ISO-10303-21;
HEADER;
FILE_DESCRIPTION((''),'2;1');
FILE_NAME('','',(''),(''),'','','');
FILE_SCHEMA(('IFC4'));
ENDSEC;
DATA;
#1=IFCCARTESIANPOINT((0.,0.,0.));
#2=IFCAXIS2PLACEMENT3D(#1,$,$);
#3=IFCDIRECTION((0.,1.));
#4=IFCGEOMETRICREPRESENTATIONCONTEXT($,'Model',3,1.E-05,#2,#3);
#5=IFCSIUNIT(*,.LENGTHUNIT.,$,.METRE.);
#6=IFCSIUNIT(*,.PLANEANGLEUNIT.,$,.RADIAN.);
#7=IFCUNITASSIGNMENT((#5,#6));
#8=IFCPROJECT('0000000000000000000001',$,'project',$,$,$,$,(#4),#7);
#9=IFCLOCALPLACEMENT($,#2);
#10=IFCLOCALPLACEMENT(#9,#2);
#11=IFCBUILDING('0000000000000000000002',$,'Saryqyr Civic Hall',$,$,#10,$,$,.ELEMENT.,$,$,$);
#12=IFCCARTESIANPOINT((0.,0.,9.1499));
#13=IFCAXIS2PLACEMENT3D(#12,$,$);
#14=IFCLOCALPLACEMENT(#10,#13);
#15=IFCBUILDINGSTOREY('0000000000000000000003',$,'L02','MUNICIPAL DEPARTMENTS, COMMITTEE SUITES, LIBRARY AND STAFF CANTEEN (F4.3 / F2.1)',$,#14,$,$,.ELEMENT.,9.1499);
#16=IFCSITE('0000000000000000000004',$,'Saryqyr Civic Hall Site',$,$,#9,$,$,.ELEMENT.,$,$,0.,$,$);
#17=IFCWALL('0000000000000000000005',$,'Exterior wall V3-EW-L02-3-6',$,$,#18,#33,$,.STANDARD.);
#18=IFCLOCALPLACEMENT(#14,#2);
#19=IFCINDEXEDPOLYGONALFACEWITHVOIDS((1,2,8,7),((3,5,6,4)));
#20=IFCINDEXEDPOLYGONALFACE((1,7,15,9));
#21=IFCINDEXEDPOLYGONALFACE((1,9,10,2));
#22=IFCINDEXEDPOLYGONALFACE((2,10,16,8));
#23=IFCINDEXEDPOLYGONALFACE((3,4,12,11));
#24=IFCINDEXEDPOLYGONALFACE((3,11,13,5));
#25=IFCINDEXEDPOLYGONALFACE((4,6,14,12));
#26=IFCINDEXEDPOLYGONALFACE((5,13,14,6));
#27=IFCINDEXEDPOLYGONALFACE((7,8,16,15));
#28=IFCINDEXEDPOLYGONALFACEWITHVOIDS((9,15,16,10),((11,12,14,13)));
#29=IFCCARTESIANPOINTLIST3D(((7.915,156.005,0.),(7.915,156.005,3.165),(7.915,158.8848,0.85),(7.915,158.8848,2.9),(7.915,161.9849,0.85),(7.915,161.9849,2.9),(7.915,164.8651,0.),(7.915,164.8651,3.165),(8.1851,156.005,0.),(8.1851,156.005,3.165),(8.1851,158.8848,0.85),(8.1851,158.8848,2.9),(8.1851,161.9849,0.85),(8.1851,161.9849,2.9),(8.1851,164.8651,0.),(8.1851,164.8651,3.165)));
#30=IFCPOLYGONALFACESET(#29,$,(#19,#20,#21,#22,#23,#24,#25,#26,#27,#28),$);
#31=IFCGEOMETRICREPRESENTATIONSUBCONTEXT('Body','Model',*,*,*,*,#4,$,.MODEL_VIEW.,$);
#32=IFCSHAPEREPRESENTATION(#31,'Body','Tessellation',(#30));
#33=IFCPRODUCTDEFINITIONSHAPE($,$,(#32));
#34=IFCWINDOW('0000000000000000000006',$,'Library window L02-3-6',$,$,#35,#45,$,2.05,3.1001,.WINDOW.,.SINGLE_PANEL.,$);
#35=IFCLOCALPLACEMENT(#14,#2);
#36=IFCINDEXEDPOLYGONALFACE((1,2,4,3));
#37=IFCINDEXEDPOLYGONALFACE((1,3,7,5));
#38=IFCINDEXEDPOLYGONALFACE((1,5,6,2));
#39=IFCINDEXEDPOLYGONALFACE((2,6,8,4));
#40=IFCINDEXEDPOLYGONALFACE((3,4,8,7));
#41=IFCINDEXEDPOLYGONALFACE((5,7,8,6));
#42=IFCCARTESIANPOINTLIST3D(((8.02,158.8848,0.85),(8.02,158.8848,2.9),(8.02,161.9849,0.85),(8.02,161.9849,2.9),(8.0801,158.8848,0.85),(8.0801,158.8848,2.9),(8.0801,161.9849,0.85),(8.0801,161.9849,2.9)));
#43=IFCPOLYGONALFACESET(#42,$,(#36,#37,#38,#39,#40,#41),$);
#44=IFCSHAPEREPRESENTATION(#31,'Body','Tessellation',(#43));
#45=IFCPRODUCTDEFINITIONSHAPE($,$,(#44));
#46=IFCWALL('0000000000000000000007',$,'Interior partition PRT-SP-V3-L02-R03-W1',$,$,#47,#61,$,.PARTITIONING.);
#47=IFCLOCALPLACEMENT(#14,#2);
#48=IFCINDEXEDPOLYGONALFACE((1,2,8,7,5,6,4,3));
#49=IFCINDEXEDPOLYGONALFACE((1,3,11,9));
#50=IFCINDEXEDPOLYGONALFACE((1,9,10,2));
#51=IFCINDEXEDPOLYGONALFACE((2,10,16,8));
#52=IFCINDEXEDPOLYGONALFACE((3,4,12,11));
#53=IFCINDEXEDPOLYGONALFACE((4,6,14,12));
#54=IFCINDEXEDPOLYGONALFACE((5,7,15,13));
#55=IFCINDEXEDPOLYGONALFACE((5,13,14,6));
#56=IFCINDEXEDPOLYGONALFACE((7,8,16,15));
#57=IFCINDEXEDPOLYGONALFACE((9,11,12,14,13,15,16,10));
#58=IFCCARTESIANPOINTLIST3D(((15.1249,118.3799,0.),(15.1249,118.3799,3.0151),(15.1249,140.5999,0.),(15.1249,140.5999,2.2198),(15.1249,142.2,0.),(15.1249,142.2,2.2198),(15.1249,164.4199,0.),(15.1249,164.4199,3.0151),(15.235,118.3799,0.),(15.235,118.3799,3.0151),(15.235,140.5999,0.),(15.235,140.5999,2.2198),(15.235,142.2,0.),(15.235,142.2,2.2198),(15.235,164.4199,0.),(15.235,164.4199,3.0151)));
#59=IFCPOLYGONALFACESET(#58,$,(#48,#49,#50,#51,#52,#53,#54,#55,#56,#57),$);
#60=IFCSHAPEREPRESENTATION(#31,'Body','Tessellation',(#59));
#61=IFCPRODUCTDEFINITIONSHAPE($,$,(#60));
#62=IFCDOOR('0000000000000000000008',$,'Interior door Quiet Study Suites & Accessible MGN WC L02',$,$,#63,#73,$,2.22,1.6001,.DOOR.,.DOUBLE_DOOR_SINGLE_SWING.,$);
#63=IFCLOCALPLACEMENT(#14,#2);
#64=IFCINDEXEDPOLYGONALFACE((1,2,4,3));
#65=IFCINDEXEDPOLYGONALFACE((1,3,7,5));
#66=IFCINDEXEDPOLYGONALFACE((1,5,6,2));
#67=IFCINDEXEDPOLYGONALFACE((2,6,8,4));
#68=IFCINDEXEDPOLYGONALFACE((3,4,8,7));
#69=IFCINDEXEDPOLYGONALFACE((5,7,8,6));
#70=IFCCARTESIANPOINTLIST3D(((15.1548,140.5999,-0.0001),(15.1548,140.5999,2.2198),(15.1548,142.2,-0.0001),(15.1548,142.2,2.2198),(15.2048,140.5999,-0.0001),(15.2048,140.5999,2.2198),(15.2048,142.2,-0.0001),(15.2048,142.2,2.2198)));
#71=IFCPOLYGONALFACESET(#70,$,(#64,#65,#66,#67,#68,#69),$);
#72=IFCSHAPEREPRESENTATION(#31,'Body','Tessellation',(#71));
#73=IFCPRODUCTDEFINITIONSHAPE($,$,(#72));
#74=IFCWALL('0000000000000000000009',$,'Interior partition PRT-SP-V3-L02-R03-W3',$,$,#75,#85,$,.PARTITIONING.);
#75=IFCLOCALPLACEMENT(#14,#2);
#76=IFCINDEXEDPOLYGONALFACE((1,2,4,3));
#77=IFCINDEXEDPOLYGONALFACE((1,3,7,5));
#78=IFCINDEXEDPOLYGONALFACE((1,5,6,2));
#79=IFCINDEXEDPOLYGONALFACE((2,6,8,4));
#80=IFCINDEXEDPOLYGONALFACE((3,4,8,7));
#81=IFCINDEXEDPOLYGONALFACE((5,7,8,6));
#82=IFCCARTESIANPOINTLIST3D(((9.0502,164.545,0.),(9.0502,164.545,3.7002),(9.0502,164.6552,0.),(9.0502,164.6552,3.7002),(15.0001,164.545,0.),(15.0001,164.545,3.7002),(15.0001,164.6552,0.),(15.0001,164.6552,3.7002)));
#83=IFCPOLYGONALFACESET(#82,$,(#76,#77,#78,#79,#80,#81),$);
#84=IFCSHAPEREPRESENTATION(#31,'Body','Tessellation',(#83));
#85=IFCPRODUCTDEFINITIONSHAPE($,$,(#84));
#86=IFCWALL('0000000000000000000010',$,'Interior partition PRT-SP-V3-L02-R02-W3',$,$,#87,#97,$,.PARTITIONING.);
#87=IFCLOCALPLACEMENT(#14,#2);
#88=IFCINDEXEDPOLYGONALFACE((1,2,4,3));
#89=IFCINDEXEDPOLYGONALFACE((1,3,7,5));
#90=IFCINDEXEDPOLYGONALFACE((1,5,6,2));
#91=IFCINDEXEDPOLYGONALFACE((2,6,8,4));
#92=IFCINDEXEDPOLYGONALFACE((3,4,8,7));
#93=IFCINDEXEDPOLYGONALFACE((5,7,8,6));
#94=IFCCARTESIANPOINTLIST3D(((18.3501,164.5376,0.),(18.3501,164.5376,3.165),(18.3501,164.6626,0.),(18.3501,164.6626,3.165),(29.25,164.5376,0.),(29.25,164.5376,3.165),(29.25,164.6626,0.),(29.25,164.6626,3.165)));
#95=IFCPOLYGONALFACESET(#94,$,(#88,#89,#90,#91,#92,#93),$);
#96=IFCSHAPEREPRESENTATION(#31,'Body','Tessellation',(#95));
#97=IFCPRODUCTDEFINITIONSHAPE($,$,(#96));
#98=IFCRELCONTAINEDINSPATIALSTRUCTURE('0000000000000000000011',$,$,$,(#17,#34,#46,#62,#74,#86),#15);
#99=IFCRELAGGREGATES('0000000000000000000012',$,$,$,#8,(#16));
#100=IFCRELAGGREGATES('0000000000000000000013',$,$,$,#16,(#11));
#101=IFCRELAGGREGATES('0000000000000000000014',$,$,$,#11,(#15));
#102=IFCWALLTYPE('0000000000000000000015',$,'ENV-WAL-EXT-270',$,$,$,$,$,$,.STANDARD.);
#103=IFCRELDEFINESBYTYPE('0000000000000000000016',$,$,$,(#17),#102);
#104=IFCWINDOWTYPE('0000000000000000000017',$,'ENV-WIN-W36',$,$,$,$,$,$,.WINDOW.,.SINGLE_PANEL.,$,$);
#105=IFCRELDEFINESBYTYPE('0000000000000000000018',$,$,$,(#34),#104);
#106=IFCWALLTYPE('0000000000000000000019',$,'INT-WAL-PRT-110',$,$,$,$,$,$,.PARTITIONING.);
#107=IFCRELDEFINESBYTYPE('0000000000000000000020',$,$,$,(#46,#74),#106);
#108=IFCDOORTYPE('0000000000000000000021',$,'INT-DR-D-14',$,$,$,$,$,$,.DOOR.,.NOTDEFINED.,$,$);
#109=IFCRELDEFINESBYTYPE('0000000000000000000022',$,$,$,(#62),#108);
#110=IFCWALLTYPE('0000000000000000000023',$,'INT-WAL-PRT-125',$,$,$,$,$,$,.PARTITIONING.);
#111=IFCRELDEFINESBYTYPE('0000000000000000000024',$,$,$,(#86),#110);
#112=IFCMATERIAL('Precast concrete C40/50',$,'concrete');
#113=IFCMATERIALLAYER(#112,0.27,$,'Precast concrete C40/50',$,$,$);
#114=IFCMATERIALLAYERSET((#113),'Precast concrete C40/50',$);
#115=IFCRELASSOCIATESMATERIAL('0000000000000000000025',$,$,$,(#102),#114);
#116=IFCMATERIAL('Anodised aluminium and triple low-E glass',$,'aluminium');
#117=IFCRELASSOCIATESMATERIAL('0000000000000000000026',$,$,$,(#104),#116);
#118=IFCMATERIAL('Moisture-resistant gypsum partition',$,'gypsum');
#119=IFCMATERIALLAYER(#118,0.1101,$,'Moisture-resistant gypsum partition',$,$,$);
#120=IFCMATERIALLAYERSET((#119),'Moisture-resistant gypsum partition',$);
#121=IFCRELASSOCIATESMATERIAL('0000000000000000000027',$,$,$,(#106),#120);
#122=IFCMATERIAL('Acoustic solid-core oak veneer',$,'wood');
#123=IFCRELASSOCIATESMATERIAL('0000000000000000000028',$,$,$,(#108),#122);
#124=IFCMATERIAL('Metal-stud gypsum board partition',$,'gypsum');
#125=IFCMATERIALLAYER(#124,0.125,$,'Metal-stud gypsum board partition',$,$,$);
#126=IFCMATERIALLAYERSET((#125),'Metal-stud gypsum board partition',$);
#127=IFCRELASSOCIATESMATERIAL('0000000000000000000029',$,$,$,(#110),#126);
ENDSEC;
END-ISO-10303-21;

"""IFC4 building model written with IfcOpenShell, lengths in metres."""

from ifc_helpers import new_model, si_unit, direction, frame, frame_2d, origin, place, context, subcontext, project, spatial, rectangle, extrude, material, layer, layer_set, type_object, element, fill, save


model = new_model("IFC4")

# Units and contexts
model_context = context("Model", 3, precision=1e-05, world=origin(), true_north=direction((0.0, 1.0)))
body_context = subcontext(model_context, "Body", "Model", "MODEL_VIEW")
ifc_project = project(units=[si_unit("LENGTHUNIT", "METRE"), si_unit("PLANEANGLEUNIT", "RADIAN")], contexts=[model_context])

# Site, building, storey
site_placement = place(None, origin())
site = spatial("IfcSite", under=ifc_project, at=site_placement, Name="Saryqyr Civic Hall Site", CompositionType="ELEMENT", RefElevation=0.0)
building_placement = place(site_placement, origin())
building = spatial("IfcBuilding", under=site, at=building_placement, Name="Saryqyr Civic Hall", CompositionType="ELEMENT")
storey_placement = place(building_placement, frame((0.0, 0.0, 9.1499)))
storey = spatial("IfcBuildingStorey", under=building, at=storey_placement, Name="L02", Description="MUNICIPAL DEPARTMENTS, COMMITTEE SUITES, LIBRARY AND STAFF CANTEEN (F4.3 / F2.1)", CompositionType="ELEMENT", Elevation=9.1499)

# Wall, opening, window
ifc_material_1 = material(Name="Precast concrete C40/50", Category="concrete")
ifc_layer_1 = layer(ifc_material_1, 0.27, Name="Precast concrete C40/50")
ifc_layer_set_1 = layer_set([ifc_layer_1], Name="Precast concrete C40/50")
wall_type_1 = type_object("IfcWallType", Name="ENV-WAL-EXT-270", PredefinedType="STANDARD", material=ifc_layer_set_1)
ifc_material_2 = material(Name="Anodised aluminium and triple low-E glass", Category="aluminium")
wall_1_placement = place(storey_placement, frame((8.05, 156.0049, 0.0), z_axis=(0.0, 0.0, 1.0), x_axis=(0.0, 1.0, 0.0)))
wall_1 = element("IfcWall", 1, at=wall_1_placement, inside=storey, type_object=wall_type_1, Name="Exterior wall V3-EW-L02-3-6", PredefinedType="STANDARD", context=body_context, shape_type="SweptSolid", body=[
    extrude(rectangle(XDim=8.8601, YDim=0.27, at=frame_2d((4.4302, 0.0))), origin(), (0.0, 0.0, 1.0), 3.165),
])
opening_1_placement = place(wall_1_placement, frame((2.8799, 0.0, 0.8501)))
opening_1 = element("IfcOpeningElement", 2, at=opening_1_placement, cuts=wall_1, PredefinedType="OPENING", context=body_context, shape_type="SweptSolid", body=[
    extrude(rectangle(XDim=3.1001, YDim=2.05, at=frame_2d((1.55, 1.0249))), frame((0.0, 0.145, 0.0), z_axis=(0.0, -1.0, 0.0), x_axis=(1.0, 0.0, 0.0)), (0.0, 0.0, 1.0), 0.29),
])
window_type_1 = type_object("IfcWindowType", Name="ENV-WIN-W36", PartitioningType="SINGLE_PANEL", PredefinedType="WINDOW", material=ifc_material_2)
window_1_placement = place(opening_1_placement, origin())
window_1 = element("IfcWindow", 3, at=window_1_placement, inside=storey, type_object=window_type_1, Name="Library window L02-3-6", OverallHeight=2.05, OverallWidth=3.1001, PartitioningType="SINGLE_PANEL", PredefinedType="WINDOW", context=body_context, shape_type="SweptSolid", body=[
    extrude(rectangle(XDim=3.1001, YDim=2.05, at=frame_2d((1.55, 1.0249))), frame((0.0, 0.03, 0.0), z_axis=(0.0, -1.0, 0.0), x_axis=(1.0, 0.0, 0.0)), (0.0, 0.0, 1.0), 0.0601),
])
fill(opening_1, window_1)

# Wall, opening, door
ifc_material_3 = material(Name="Moisture-resistant gypsum partition", Category="gypsum")
ifc_layer_2 = layer(ifc_material_3, 0.1101, Name="Moisture-resistant gypsum partition")
ifc_layer_set_2 = layer_set([ifc_layer_2], Name="Moisture-resistant gypsum partition")
wall_type_2 = type_object("IfcWallType", Name="INT-WAL-PRT-110", PredefinedType="PARTITIONING", material=ifc_layer_set_2)
wall_2_placement = place(storey_placement, frame((15.1799, 164.4199, 0.0), z_axis=(0.0, 0.0, 1.0), x_axis=(0.0, -1.0, 0.0)))
wall_2 = element("IfcWall", 4, at=wall_2_placement, inside=storey, type_object=wall_type_2, Name="Interior partition PRT-SP-V3-L02-R03-W1", PredefinedType="PARTITIONING", context=body_context, shape_type="SweptSolid", body=[
    extrude(rectangle(XDim=46.04, YDim=0.1101, at=frame_2d((23.02, 0.0))), origin(), (0.0, 0.0, 1.0), 3.0151),
])
opening_2_placement = place(wall_2_placement, frame((22.22, 0.0, 0.0)))
opening_2 = element("IfcOpeningElement", 5, at=opening_2_placement, cuts=wall_2, PredefinedType="OPENING", context=body_context, shape_type="SweptSolid", body=[
    extrude(rectangle(XDim=1.6001, YDim=2.22, at=frame_2d((0.8, 1.1099))), frame((0.0, 0.0649, 0.0), z_axis=(0.0, -1.0, 0.0), x_axis=(1.0, 0.0, 0.0)), (0.0, 0.0, 1.0), 0.1301),
])
ifc_material_4 = material(Name="Acoustic solid-core oak veneer", Category="wood")
door_type = type_object("IfcDoorType", Name="INT-DR-D-14", OperationType="NOTDEFINED", PredefinedType="DOOR", material=ifc_material_4)
door_placement = place(opening_2_placement, origin())
door = element("IfcDoor", 6, at=door_placement, inside=storey, type_object=door_type, Name="Interior door Quiet Study Suites & Accessible MGN WC L02", OperationType="DOUBLE_DOOR_SINGLE_SWING", OverallHeight=2.22, OverallWidth=1.6001, PredefinedType="DOOR", context=body_context, shape_type="SweptSolid", body=[
    extrude(rectangle(XDim=1.6001, YDim=2.22, at=frame_2d((0.8, 1.1099))), frame((0.0, 0.0249, 0.0), z_axis=(0.0, -1.0, 0.0), x_axis=(1.0, 0.0, 0.0)), (0.0, 0.0, 1.0), 0.05),
])
fill(opening_2, door)

# Walls
wall_3_placement = place(storey_placement, frame((9.05, 164.6001, 0.0), z_axis=(0.0, 0.0, 1.0), x_axis=(1.0, 0.0, 0.0)))
element("IfcWall", 7, at=wall_3_placement, inside=storey, type_object=wall_type_2, Name="Interior partition PRT-SP-V3-L02-R03-W3", PredefinedType="PARTITIONING", context=body_context, shape_type="SweptSolid", body=[
    extrude(rectangle(XDim=5.95, YDim=0.1101, at=frame_2d((2.9751, 0.0))), origin(), (0.0, 0.0, 1.0), 3.7002),
])
ifc_material_5 = material(Name="Metal-stud gypsum board partition", Category="gypsum")
ifc_layer_3 = layer(ifc_material_5, 0.125, Name="Metal-stud gypsum board partition")
ifc_layer_set_3 = layer_set([ifc_layer_3], Name="Metal-stud gypsum board partition")
wall_type_3 = type_object("IfcWallType", Name="INT-WAL-PRT-125", PredefinedType="PARTITIONING", material=ifc_layer_set_3)
wall_4_placement = place(storey_placement, frame((18.3501, 164.6001, 0.0), z_axis=(0.0, 0.0, 1.0), x_axis=(1.0, 0.0, 0.0)))
element("IfcWall", 8, at=wall_4_placement, inside=storey, type_object=wall_type_3, Name="Interior partition PRT-SP-V3-L02-R02-W3", PredefinedType="PARTITIONING", context=body_context, shape_type="SweptSolid", body=[
    extrude(rectangle(XDim=10.8999, YDim=0.125, at=frame_2d((5.45, 0.0))), origin(), (0.0, 0.0, 1.0), 3.165),
])

save(model, "model.ifc")
